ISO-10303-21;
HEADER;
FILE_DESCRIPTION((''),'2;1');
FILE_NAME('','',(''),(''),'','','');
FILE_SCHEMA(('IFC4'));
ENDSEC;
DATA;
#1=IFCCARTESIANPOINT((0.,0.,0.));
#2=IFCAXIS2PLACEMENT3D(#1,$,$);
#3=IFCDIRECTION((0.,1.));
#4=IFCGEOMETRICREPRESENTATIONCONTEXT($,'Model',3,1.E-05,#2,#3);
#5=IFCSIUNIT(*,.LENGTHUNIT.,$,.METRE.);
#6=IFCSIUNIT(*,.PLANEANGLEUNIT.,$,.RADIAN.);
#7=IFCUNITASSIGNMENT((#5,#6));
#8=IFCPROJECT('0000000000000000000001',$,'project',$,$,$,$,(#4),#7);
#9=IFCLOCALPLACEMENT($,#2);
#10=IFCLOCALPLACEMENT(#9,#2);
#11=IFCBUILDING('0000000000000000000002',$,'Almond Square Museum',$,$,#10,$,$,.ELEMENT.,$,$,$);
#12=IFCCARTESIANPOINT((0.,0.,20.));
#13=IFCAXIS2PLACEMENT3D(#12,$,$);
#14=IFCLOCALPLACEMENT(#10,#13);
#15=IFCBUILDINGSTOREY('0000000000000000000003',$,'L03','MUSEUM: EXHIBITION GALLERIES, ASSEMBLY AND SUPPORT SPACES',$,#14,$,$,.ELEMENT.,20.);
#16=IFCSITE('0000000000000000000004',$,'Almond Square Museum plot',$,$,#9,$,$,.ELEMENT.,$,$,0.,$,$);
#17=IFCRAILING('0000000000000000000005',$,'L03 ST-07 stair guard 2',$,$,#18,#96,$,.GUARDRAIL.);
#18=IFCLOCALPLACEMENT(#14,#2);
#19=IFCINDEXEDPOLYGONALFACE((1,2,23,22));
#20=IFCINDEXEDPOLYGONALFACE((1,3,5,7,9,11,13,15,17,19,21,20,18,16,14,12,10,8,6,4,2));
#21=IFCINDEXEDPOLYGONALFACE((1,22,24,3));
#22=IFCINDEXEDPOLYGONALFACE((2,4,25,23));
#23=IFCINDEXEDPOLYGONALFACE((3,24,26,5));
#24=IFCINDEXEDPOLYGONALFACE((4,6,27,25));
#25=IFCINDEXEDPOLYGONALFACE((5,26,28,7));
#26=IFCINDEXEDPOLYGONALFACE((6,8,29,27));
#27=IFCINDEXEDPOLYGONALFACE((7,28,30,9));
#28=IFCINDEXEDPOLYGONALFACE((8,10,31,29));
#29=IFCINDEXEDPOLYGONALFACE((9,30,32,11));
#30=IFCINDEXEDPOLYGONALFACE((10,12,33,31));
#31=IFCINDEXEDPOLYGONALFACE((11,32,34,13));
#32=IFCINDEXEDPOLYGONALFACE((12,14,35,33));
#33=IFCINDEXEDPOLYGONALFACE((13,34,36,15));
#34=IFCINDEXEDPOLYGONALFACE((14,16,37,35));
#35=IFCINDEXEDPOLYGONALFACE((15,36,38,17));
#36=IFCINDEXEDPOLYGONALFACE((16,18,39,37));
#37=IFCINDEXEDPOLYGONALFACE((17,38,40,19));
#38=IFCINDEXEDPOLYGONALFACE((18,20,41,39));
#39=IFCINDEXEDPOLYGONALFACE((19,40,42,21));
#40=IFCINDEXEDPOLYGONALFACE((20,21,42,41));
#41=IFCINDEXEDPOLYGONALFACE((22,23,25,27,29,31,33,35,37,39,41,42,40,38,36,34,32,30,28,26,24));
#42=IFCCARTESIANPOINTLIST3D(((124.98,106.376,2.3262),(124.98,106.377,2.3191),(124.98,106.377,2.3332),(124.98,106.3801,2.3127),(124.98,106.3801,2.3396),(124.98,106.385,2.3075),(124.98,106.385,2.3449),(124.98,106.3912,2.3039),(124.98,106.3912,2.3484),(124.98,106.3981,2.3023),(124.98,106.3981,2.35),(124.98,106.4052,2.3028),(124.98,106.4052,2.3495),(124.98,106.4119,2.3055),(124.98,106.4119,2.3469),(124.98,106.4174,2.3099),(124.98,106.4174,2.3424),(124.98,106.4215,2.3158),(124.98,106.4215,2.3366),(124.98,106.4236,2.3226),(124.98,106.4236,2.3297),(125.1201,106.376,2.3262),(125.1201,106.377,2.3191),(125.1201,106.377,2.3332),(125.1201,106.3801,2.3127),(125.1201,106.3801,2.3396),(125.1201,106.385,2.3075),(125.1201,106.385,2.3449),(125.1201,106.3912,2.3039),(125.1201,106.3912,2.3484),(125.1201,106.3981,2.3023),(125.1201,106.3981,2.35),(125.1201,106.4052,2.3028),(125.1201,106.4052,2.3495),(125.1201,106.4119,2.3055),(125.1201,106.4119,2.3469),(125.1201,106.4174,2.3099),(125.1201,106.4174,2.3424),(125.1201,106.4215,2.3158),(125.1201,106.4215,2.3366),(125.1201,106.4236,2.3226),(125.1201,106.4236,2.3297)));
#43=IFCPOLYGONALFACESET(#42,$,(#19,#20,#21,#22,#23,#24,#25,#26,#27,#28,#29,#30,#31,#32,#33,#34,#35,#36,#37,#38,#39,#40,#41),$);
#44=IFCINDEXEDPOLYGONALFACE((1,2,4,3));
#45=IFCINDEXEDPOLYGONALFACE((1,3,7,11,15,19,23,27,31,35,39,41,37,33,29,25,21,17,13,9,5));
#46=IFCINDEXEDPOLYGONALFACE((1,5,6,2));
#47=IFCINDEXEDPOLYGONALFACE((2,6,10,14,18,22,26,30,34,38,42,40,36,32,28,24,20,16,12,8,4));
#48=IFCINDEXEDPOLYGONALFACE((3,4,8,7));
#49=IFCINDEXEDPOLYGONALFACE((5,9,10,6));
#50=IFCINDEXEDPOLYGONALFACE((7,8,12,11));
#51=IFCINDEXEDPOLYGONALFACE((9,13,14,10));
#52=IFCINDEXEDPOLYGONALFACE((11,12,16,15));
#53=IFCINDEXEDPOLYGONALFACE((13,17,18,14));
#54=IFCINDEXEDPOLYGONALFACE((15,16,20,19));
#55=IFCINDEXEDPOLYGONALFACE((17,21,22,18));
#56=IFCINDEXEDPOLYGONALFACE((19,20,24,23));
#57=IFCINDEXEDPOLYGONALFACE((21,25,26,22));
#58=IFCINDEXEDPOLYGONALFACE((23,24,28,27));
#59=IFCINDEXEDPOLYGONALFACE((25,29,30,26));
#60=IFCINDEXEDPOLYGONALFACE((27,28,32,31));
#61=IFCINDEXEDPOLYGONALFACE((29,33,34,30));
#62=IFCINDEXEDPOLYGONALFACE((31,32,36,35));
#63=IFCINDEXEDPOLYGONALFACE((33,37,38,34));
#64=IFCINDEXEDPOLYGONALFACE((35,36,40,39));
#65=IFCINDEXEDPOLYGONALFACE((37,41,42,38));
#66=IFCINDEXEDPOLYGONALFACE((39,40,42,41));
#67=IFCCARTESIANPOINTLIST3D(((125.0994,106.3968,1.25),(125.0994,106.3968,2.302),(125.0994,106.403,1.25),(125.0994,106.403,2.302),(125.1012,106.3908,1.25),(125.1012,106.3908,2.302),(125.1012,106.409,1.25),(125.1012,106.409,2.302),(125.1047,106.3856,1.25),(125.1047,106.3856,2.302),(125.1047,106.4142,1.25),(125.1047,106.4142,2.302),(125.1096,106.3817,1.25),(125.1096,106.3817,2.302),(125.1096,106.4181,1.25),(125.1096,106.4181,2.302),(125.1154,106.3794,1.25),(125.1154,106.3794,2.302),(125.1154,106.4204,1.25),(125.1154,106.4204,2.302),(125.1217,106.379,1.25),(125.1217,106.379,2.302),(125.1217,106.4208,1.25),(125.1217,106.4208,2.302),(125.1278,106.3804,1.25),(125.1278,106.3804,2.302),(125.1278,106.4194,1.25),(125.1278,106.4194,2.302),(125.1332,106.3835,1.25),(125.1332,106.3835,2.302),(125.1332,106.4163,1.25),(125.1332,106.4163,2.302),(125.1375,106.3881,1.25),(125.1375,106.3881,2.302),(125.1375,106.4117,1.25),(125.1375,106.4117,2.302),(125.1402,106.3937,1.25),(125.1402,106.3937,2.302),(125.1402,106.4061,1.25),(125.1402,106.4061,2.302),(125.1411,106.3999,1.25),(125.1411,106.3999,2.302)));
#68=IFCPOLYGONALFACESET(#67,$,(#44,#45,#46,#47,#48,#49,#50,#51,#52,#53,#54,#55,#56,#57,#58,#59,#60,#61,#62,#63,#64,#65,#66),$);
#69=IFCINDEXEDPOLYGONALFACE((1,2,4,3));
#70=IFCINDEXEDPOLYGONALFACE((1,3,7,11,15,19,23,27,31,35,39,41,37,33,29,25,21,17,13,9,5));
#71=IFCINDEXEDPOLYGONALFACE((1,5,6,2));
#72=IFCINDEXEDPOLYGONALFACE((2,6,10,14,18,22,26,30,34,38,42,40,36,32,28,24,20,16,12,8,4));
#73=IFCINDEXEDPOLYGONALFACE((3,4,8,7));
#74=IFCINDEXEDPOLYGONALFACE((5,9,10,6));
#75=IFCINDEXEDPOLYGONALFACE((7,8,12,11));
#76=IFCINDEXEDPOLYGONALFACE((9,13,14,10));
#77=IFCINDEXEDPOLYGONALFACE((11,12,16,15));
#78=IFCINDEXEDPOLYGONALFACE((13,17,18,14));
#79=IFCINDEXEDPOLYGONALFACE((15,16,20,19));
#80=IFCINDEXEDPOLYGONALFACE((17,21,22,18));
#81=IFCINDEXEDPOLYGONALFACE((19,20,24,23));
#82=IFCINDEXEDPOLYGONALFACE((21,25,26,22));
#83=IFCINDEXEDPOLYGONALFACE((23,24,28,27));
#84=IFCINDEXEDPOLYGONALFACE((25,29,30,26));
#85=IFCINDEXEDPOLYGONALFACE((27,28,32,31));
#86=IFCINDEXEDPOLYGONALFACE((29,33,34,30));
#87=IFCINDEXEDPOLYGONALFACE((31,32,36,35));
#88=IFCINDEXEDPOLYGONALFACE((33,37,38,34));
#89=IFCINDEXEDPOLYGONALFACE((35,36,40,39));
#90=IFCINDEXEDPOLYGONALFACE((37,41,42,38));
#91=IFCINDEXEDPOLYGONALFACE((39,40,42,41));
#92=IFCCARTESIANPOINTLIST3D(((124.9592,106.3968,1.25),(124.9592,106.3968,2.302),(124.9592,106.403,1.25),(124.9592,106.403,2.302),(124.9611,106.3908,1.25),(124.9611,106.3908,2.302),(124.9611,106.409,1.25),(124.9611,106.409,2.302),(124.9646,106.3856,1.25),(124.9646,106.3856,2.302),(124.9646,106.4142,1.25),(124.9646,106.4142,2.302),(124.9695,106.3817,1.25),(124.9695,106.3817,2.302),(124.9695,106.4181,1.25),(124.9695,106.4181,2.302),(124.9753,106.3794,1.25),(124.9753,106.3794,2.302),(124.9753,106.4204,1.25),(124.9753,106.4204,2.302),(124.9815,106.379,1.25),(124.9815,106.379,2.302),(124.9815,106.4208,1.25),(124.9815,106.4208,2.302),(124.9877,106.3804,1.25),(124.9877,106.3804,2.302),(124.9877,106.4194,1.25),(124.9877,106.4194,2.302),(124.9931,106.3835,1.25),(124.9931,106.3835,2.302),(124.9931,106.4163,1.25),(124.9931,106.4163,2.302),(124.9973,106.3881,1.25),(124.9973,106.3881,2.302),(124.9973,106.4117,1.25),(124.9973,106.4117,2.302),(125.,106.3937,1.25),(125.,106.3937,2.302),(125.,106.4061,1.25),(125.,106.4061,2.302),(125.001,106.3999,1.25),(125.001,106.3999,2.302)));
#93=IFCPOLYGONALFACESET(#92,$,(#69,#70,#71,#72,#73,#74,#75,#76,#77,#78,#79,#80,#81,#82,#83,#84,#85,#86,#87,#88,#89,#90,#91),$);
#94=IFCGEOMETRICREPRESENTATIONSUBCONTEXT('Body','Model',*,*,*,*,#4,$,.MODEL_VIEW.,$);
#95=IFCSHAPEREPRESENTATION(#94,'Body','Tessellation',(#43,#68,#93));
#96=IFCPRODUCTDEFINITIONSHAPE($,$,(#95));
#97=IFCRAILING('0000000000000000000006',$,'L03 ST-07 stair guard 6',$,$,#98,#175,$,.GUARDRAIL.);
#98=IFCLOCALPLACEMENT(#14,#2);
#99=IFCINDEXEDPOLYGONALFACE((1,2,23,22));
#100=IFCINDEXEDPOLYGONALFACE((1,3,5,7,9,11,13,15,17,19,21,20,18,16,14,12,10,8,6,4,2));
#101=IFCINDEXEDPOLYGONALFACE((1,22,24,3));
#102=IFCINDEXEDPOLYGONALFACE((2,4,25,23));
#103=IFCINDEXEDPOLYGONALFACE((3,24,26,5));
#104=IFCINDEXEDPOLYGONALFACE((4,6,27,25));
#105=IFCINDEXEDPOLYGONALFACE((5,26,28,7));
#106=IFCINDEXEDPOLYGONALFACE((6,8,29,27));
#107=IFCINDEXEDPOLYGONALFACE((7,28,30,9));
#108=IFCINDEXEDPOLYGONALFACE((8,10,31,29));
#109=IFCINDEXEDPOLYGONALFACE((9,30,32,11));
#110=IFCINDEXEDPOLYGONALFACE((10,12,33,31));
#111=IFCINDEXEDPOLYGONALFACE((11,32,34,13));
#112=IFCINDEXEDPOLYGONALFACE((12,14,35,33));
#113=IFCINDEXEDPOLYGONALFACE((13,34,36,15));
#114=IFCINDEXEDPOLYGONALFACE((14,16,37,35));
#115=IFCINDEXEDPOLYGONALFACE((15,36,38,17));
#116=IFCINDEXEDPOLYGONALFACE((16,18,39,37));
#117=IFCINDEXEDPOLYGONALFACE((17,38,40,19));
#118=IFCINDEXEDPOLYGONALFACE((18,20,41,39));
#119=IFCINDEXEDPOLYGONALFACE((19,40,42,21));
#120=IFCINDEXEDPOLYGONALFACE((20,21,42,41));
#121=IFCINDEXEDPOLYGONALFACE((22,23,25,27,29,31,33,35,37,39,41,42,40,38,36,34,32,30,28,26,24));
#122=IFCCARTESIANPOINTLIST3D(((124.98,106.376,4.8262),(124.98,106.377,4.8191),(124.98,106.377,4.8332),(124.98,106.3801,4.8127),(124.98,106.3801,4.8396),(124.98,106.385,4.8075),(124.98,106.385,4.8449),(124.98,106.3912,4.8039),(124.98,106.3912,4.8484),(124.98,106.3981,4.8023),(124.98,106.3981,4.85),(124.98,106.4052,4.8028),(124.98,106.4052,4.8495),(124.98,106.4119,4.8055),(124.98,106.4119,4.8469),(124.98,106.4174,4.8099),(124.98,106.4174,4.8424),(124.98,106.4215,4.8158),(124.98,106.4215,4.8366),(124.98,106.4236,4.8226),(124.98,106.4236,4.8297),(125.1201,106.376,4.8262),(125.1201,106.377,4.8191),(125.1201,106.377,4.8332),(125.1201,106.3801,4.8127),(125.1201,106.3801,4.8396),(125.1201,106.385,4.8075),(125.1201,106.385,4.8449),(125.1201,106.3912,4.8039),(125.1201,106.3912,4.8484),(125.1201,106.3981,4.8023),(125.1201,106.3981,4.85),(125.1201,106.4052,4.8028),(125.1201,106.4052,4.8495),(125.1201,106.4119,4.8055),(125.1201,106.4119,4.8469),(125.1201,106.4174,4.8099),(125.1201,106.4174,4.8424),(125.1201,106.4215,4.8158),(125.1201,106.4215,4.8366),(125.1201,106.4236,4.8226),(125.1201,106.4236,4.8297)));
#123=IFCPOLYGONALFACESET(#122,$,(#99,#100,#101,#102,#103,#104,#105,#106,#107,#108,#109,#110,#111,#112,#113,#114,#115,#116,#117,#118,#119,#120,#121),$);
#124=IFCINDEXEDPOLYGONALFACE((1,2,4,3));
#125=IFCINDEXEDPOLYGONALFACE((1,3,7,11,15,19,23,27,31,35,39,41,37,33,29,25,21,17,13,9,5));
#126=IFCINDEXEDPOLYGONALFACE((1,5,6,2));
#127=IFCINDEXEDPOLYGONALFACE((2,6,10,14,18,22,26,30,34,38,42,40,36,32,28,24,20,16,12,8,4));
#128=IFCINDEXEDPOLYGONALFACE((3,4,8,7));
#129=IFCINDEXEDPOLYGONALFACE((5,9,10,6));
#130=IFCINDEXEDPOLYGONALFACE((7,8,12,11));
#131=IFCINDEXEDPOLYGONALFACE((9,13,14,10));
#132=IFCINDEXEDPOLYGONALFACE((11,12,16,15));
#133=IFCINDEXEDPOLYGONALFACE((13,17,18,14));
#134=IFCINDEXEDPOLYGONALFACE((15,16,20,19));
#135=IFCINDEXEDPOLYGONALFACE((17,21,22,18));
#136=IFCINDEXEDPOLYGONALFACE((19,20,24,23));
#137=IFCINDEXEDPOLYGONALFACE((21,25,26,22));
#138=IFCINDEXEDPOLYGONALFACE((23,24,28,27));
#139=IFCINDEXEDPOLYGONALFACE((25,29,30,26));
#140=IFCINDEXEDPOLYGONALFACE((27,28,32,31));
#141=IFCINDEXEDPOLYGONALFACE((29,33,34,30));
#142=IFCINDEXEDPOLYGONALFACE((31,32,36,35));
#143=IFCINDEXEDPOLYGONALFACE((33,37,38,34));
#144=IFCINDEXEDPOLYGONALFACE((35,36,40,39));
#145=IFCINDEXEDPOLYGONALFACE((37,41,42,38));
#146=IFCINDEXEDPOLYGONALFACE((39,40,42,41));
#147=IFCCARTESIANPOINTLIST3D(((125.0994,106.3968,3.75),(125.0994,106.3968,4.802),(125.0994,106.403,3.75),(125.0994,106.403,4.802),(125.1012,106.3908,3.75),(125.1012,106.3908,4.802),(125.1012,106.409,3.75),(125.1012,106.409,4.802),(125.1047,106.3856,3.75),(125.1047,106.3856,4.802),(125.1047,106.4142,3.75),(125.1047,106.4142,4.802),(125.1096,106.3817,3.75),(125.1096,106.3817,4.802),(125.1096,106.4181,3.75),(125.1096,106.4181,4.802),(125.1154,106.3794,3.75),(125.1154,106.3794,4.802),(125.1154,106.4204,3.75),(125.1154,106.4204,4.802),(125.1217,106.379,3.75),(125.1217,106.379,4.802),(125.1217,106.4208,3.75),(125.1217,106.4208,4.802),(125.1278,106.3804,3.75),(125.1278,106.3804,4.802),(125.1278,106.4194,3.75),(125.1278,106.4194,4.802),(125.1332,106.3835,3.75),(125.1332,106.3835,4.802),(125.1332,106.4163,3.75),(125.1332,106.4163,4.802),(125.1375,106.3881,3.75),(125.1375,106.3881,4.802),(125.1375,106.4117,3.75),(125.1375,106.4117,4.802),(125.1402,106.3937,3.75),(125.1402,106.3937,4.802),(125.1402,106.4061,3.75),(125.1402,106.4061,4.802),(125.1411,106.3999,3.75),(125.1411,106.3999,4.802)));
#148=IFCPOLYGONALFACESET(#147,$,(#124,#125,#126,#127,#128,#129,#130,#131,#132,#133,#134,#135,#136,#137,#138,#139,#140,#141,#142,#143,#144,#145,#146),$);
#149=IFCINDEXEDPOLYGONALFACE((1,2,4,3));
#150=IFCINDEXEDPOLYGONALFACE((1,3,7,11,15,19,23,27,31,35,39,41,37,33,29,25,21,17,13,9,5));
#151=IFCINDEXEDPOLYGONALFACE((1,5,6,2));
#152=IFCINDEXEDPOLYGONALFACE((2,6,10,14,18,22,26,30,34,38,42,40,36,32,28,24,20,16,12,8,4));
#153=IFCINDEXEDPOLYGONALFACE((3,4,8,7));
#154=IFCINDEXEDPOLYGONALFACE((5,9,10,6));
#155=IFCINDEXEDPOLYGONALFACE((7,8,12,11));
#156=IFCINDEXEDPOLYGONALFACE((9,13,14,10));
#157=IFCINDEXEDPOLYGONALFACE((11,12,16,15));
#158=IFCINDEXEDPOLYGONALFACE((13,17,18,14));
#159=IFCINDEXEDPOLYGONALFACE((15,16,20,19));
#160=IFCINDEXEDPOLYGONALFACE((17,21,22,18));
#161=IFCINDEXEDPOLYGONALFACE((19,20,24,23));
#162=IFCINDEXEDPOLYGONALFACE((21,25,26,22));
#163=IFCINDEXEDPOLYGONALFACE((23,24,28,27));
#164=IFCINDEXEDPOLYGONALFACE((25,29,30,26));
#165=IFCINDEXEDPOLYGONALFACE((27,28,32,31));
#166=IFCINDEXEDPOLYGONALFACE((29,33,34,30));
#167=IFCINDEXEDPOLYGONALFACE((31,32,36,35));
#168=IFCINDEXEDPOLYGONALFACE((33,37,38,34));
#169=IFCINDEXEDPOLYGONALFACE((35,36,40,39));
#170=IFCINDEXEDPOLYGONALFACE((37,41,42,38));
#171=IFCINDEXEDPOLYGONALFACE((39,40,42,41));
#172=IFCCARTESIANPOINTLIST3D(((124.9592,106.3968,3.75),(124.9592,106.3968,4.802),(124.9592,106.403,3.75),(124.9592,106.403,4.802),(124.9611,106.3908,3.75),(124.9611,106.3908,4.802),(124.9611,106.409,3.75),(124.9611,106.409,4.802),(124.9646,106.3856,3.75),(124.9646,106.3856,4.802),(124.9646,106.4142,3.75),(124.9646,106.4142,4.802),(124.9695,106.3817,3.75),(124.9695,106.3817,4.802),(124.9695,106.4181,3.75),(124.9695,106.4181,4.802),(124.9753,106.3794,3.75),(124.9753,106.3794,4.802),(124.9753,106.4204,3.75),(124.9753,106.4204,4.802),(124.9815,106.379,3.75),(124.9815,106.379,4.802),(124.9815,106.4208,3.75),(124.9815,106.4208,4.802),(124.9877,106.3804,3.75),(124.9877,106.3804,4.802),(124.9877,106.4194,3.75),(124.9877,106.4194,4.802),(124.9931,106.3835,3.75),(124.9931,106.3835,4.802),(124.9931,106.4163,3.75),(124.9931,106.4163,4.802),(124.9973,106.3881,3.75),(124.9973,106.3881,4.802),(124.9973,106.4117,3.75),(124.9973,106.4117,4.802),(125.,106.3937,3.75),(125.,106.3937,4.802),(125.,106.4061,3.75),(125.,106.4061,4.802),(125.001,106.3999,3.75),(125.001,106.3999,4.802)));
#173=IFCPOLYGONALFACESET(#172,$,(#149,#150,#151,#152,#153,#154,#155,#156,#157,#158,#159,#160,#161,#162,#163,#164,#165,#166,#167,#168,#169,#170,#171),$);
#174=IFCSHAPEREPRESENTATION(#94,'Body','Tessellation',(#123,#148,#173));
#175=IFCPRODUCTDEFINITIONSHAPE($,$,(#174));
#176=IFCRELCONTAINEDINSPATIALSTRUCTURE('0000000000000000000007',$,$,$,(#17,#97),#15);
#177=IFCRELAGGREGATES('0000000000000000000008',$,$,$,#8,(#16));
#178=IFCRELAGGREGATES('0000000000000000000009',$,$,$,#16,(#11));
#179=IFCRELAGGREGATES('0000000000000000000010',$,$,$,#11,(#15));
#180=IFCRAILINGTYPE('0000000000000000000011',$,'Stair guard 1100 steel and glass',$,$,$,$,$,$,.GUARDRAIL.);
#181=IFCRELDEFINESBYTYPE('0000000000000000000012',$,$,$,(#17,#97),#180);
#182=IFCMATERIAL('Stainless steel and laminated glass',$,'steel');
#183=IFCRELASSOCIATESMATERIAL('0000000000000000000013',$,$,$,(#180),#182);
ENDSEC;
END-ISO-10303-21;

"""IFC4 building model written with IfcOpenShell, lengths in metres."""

from ifc_helpers import new_model, si_unit, direction, frame, origin, origin_2d, place, context, subcontext, project, spatial, circle, extrude, material, type_object, element, save


model = new_model("IFC4")

# Units and contexts
model_context = context("Model", 3, precision=1e-05, world=origin(), true_north=direction((0.0, 1.0)))
body_context = subcontext(model_context, "Body", "Model", "MODEL_VIEW")
ifc_project = project(units=[si_unit("LENGTHUNIT", "METRE"), si_unit("PLANEANGLEUNIT", "RADIAN")], contexts=[model_context])

# Site, building, storey
site_placement = place(None, origin())
site = spatial("IfcSite", under=ifc_project, at=site_placement, Name="Almond Square Museum plot", CompositionType="ELEMENT", RefElevation=0.0)
building_placement = place(site_placement, origin())
building = spatial("IfcBuilding", under=site, at=building_placement, Name="Almond Square Museum", CompositionType="ELEMENT")
storey_placement = place(building_placement, frame((0.0, 0.0, 20.0)))
storey = spatial("IfcBuildingStorey", under=building, at=storey_placement, Name="L03", Description="MUSEUM: EXHIBITION GALLERIES, ASSEMBLY AND SUPPORT SPACES", CompositionType="ELEMENT", Elevation=20.0)

# Railings
ifc_material_1 = material(Name="Stainless steel and laminated glass", Category="steel")
railing_type = type_object("IfcRailingType", Name="Stair guard 1100 steel and glass", PredefinedType="GUARDRAIL", material=ifc_material_1)
for number, where, name in (
    (1, (125.1201, 106.3999, 1.25), "L03 ST-07 stair guard 2"),
    (2, (125.1201, 106.3999, 3.75), "L03 ST-07 stair guard 6"),
):
    element("IfcRailing", number, at=place(storey_placement, frame(where)), inside=storey, type_object=railing_type, Name=name, PredefinedType="GUARDRAIL", context=body_context, shape_type="SweptSolid", body=[
        extrude(circle(Radius=0.0239, at=origin_2d()), frame((0.0, 0.0, 1.0762), z_axis=(-1.0, 0.0, 0.0), x_axis=(0.0, -1.0, 0.0)), (0.0, 0.0, 1.0), 0.1401),
        extrude(circle(Radius=0.021, at=origin_2d()), origin(), (0.0, 0.0, 1.0), 1.052),
        extrude(circle(Radius=0.021, at=origin_2d()), frame((-0.1401, 0.0, 0.0)), (0.0, 0.0, 1.0), 1.052),
    ])

save(model, "model.ifc")
